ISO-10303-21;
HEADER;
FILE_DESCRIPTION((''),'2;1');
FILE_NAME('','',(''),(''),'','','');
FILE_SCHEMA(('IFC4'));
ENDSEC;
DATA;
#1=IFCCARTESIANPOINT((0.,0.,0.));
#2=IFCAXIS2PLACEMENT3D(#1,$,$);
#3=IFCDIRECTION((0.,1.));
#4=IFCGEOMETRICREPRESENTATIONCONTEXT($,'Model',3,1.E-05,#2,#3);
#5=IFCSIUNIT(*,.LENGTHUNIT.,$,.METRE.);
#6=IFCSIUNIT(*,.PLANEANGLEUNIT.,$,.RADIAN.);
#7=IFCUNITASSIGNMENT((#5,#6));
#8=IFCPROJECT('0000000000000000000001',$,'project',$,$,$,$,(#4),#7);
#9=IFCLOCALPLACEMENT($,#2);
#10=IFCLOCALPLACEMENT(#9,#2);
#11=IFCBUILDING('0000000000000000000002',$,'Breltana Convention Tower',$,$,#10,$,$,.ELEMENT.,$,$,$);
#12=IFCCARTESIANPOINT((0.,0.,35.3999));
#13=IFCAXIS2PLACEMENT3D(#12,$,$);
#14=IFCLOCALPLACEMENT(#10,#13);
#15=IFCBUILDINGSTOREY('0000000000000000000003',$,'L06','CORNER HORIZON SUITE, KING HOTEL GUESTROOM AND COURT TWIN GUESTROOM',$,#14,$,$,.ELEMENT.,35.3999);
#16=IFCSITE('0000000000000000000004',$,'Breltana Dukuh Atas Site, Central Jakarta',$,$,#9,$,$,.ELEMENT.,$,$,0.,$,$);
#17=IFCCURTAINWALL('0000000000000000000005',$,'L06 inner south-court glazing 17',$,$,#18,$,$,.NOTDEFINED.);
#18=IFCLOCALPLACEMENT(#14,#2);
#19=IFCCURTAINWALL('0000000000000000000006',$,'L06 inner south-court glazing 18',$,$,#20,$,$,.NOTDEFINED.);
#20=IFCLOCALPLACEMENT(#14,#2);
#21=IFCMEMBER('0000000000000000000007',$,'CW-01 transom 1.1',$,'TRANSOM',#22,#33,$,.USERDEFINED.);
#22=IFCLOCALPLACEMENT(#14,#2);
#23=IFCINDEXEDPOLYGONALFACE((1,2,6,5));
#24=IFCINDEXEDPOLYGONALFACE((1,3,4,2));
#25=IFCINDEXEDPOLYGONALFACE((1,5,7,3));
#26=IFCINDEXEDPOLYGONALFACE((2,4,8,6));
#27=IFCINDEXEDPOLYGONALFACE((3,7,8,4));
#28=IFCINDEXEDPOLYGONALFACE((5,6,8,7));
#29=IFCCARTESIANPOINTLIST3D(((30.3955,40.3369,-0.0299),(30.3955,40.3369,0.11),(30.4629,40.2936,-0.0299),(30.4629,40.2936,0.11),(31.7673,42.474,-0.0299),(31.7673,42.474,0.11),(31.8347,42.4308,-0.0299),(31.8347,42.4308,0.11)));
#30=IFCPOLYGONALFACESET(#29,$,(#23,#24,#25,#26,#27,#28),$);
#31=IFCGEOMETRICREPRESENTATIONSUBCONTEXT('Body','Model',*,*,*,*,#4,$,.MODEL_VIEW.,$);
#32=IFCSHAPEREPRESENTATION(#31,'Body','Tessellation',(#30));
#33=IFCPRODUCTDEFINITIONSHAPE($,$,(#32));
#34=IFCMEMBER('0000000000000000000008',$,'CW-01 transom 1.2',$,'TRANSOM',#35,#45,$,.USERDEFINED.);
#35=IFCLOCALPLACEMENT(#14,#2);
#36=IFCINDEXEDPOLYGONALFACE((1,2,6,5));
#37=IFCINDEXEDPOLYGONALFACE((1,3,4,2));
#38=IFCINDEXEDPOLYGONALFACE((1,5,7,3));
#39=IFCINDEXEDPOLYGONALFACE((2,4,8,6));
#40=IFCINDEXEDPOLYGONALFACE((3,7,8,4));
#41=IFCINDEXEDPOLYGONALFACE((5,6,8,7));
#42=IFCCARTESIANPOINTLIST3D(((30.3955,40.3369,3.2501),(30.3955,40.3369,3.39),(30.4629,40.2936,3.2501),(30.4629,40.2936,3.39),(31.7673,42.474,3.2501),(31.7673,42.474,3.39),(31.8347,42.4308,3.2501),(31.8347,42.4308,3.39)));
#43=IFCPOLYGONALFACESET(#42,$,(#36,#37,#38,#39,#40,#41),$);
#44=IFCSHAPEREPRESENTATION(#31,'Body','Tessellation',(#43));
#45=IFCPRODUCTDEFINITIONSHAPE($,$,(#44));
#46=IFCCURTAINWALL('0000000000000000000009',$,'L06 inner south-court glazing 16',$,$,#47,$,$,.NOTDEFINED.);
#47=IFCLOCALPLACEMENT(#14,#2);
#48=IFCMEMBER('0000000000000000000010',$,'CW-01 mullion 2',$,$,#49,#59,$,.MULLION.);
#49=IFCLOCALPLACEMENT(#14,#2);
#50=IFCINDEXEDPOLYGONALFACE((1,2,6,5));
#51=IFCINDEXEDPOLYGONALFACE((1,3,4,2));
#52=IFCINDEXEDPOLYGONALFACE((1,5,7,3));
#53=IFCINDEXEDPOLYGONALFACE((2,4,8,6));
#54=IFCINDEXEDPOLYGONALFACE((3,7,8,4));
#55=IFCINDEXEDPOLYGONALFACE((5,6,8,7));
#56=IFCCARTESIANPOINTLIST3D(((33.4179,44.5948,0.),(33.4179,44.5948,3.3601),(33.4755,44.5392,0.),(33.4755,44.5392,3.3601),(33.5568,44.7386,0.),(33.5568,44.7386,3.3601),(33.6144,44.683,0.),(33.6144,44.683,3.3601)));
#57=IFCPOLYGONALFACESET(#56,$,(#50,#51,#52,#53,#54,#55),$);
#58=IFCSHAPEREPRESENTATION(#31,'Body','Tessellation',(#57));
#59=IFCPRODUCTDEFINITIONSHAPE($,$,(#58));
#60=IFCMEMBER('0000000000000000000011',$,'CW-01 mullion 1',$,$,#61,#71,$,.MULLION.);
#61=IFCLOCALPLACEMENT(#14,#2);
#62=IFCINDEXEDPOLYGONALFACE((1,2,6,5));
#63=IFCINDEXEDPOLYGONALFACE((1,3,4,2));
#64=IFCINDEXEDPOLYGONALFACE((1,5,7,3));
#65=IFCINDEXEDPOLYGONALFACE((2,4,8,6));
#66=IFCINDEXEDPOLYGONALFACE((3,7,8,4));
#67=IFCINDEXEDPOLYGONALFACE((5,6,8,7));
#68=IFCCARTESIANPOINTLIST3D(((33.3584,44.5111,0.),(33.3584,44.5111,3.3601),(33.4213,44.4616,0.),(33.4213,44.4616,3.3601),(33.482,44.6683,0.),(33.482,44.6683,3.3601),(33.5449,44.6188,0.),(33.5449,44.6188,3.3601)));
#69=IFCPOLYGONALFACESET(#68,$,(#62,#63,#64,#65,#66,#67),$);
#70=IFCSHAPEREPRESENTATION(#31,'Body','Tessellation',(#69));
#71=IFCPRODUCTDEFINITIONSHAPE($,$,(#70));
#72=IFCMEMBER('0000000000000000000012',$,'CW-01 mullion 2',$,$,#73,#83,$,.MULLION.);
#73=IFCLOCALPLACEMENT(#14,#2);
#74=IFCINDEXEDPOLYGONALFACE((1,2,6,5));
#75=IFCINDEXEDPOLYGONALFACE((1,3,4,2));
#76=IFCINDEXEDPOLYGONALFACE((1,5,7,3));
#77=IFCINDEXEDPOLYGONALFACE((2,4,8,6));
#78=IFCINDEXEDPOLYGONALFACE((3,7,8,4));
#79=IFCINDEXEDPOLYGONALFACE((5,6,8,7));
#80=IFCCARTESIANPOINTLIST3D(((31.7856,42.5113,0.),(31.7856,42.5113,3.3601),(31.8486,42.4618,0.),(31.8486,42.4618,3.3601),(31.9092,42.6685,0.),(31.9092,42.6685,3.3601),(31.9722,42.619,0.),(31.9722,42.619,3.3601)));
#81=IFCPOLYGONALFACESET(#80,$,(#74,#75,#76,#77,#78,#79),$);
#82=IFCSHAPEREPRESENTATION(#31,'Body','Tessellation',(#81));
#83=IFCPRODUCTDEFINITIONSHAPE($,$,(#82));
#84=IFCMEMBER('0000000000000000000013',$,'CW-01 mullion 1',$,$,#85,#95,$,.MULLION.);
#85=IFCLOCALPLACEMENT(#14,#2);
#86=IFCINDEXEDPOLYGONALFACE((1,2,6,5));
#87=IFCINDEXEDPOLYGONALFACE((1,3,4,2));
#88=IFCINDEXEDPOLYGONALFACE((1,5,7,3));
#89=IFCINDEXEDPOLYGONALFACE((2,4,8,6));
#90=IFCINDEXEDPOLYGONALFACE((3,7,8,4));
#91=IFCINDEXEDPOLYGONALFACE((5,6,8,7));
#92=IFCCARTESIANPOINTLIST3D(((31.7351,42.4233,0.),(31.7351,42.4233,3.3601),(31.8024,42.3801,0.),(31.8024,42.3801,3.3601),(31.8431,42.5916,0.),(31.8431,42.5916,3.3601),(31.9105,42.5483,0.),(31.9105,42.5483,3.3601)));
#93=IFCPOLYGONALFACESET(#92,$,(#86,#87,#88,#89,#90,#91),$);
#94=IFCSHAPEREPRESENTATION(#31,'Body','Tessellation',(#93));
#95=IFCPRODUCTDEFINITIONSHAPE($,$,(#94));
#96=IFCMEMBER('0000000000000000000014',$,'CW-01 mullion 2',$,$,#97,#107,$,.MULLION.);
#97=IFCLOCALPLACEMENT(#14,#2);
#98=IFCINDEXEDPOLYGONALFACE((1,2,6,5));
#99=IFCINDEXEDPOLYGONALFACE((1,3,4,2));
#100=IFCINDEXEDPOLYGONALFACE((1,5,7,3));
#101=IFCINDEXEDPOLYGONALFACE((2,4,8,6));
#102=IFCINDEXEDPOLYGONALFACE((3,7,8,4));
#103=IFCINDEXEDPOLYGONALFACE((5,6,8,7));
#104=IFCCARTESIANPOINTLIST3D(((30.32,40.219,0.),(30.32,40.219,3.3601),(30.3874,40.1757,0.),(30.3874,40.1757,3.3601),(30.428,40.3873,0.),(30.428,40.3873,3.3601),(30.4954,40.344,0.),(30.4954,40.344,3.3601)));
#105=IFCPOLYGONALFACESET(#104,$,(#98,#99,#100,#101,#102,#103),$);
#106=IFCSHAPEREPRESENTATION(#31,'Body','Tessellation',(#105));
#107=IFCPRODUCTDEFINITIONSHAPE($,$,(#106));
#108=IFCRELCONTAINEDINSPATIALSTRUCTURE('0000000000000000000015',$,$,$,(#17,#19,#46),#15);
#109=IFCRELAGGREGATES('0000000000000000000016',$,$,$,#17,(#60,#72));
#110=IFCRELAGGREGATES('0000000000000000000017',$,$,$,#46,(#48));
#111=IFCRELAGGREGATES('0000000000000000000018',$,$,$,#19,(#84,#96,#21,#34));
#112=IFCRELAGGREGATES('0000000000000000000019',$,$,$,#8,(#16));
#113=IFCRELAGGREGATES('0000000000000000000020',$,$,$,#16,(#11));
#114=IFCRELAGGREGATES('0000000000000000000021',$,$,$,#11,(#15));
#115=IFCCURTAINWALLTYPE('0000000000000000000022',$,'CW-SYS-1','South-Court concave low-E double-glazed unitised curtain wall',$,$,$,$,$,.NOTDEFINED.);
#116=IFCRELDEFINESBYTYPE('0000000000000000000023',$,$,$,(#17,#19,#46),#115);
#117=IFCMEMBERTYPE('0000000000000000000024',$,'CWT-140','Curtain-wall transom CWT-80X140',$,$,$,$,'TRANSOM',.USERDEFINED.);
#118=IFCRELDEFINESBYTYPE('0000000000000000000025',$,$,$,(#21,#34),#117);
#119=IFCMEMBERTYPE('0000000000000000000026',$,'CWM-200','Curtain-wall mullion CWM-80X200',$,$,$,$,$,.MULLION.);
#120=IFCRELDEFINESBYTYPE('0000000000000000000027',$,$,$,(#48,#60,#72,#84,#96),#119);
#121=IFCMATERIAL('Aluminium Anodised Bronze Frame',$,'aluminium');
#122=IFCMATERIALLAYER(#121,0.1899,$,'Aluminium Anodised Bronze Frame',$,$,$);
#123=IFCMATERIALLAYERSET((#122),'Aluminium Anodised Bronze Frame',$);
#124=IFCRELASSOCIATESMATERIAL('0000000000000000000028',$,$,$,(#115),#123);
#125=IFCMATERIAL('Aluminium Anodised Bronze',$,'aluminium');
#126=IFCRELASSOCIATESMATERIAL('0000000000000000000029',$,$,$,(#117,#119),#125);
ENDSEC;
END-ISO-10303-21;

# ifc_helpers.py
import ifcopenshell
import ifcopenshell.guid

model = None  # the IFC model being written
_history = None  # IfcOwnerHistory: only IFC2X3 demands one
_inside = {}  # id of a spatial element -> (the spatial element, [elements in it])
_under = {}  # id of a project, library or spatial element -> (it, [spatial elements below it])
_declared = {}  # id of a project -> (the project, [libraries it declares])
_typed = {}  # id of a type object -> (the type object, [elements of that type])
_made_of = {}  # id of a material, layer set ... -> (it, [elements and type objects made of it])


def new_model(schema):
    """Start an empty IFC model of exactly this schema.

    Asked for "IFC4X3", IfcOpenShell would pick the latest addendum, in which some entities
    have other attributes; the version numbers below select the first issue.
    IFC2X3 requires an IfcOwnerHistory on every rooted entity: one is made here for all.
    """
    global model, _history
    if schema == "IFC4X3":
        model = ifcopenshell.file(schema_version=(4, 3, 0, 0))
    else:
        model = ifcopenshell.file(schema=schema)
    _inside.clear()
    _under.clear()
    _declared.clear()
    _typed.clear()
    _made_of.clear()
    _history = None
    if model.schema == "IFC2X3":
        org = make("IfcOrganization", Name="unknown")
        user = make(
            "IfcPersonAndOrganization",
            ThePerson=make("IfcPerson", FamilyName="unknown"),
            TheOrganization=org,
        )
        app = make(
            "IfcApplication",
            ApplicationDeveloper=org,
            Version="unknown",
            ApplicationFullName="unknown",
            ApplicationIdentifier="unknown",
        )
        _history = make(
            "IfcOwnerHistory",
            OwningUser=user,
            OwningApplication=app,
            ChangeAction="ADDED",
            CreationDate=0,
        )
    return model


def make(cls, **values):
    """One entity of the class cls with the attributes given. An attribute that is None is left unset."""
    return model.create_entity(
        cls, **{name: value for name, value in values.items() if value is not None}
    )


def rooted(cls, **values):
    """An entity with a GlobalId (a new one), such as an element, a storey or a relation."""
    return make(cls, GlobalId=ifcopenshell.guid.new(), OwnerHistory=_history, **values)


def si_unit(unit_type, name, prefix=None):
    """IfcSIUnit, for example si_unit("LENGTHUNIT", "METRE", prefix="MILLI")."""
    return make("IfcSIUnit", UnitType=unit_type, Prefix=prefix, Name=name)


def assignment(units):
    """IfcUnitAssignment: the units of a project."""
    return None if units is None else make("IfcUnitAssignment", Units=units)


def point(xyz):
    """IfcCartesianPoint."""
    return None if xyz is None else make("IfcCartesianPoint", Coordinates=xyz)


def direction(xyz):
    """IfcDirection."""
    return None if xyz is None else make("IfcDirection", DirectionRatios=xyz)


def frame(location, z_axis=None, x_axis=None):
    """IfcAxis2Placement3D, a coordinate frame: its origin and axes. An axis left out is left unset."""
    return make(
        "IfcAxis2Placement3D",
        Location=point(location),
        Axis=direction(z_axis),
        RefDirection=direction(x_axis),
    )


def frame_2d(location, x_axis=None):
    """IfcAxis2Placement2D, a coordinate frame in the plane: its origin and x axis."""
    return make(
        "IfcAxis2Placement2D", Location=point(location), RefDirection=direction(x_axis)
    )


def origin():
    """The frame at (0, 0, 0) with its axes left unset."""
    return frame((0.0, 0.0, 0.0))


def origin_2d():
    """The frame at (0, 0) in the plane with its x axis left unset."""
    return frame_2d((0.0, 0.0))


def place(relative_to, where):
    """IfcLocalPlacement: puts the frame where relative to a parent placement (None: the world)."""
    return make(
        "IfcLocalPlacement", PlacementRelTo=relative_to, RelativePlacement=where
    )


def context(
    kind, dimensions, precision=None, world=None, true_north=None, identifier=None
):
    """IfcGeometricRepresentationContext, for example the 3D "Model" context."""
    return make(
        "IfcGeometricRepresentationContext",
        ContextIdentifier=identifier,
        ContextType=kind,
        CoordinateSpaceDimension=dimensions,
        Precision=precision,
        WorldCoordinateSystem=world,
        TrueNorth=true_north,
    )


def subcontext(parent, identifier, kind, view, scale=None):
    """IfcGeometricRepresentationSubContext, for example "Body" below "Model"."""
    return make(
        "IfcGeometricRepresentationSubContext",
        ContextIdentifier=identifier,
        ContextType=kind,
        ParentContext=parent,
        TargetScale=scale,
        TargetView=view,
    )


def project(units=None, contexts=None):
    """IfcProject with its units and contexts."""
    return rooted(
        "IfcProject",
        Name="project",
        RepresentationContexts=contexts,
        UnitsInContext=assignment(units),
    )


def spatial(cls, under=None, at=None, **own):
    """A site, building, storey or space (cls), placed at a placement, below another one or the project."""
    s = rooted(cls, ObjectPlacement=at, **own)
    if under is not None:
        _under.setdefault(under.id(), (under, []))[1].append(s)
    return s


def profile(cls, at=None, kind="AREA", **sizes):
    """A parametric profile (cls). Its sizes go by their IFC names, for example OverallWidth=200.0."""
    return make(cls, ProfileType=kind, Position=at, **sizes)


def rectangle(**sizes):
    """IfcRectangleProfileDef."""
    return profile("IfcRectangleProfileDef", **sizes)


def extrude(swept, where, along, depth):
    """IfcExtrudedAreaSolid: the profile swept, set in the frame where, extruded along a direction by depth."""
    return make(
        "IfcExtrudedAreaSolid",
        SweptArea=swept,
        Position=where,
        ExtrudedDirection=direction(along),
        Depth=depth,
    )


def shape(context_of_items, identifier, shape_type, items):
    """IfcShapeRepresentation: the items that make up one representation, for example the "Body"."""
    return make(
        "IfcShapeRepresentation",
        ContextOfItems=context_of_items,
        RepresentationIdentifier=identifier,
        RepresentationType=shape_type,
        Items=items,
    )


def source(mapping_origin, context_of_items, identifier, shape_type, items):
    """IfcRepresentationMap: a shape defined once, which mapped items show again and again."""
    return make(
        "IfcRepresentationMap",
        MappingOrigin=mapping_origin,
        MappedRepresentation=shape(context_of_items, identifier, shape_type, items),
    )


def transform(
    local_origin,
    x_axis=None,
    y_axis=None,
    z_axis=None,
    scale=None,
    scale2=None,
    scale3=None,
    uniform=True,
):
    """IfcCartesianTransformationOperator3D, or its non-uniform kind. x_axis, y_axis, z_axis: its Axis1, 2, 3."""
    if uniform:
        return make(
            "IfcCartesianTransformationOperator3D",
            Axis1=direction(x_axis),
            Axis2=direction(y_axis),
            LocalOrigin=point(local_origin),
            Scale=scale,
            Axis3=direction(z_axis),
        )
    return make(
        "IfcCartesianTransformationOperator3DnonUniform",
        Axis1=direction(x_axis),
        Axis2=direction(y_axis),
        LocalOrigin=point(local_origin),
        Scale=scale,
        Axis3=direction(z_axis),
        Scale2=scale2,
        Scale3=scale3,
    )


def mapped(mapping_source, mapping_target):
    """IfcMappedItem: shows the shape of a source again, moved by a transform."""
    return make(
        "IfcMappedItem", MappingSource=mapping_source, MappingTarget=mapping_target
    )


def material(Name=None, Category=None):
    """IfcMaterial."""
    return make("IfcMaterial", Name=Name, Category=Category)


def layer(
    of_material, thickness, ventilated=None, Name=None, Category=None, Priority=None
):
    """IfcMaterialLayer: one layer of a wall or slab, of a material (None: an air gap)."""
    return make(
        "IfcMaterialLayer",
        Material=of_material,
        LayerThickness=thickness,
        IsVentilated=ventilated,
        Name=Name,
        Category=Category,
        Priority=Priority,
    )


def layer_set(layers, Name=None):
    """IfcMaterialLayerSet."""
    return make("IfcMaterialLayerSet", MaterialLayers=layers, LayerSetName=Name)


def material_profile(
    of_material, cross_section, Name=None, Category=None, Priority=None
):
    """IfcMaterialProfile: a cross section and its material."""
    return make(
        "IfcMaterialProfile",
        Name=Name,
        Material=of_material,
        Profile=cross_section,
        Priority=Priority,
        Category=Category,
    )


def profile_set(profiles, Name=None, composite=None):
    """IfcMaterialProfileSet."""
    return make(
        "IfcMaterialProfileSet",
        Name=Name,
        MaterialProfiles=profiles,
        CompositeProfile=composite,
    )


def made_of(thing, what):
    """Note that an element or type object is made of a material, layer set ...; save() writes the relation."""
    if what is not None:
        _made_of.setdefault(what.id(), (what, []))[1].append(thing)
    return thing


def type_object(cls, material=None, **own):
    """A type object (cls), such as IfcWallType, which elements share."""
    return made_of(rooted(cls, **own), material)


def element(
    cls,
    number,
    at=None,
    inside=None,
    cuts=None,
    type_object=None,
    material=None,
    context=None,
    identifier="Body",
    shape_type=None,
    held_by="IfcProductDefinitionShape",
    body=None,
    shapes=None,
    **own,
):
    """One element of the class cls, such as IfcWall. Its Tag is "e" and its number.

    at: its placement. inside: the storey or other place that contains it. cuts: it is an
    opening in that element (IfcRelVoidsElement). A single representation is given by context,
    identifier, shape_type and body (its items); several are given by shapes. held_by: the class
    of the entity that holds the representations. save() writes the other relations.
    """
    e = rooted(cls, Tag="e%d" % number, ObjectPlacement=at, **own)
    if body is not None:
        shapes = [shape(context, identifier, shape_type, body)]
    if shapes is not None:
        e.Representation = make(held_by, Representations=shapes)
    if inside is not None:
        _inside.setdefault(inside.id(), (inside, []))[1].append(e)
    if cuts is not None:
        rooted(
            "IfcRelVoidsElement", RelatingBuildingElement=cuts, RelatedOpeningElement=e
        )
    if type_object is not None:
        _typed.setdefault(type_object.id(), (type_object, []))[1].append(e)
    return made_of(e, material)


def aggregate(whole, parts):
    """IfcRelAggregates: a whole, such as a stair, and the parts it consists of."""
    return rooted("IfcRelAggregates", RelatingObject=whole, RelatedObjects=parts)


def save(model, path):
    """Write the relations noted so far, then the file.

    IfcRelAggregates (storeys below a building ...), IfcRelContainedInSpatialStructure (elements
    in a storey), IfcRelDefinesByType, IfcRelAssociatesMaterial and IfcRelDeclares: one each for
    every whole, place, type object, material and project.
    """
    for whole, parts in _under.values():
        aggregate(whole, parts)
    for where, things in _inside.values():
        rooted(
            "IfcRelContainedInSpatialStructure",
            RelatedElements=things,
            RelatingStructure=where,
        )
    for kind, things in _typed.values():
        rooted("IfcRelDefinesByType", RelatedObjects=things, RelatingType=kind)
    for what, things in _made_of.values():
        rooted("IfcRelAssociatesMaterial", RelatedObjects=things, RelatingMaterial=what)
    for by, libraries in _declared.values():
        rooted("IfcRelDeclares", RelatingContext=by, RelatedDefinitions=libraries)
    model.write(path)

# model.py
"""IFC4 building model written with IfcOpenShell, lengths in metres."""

from ifc_helpers import new_model, si_unit, direction, frame, origin, origin_2d, place, context, subcontext, project, spatial, rectangle, extrude, source, transform, mapped, material, layer, layer_set, material_profile, profile_set, type_object, element, aggregate, save


model = new_model("IFC4")

# Units and contexts
model_context = context("Model", 3, precision=1e-05, world=origin(), true_north=direction((0.0, 1.0)))
body_context = subcontext(model_context, "Body", "Model", "MODEL_VIEW")
ifc_project = project(units=[si_unit("LENGTHUNIT", "METRE"), si_unit("PLANEANGLEUNIT", "RADIAN")], contexts=[model_context])

# Site, building, storey
site_placement = place(None, origin())
site = spatial("IfcSite", under=ifc_project, at=site_placement, Name="Breltana Dukuh Atas Site, Central Jakarta", CompositionType="ELEMENT", RefElevation=0.0)
building_placement = place(site_placement, origin())
building = spatial("IfcBuilding", under=site, at=building_placement, Name="Breltana Convention Tower", CompositionType="ELEMENT")
storey_placement = place(building_placement, frame((0.0, 0.0, 35.3999)))
storey = spatial("IfcBuildingStorey", under=building, at=storey_placement, Name="L06", Description="CORNER HORIZON SUITE, KING HOTEL GUESTROOM AND COURT TWIN GUESTROOM", CompositionType="ELEMENT", Elevation=35.3999)

# Curtain walls, members
ifc_material_1 = material(Name="Aluminium Anodised Bronze Frame", Category="aluminium")
ifc_layer_1 = layer(ifc_material_1, 0.1899, Name="Aluminium Anodised Bronze Frame")
ifc_layer_set_1 = layer_set([ifc_layer_1], Name="Aluminium Anodised Bronze Frame")
curtain_wall_type = type_object("IfcCurtainWallType", Name="CW-SYS-1", Description="South-Court concave low-E double-glazed unitised curtain wall", PredefinedType="NOTDEFINED", material=ifc_layer_set_1)
curtain_wall_1_placement = place(storey_placement, origin())
curtain_wall_1 = element("IfcCurtainWall", 1, at=curtain_wall_1_placement, inside=storey, type_object=curtain_wall_type, Name="L06 inner south-court glazing 17", PredefinedType="NOTDEFINED")
ifc_material_2 = material(Name="Aluminium Anodised Bronze", Category="aluminium")
ifc_material_profile_1 = material_profile(ifc_material_2, rectangle(XDim=0.0801, YDim=0.1399, at=origin_2d()), Name="CWT-80X140")
ifc_profile_set_1 = profile_set([ifc_material_profile_1], Name="Aluminium Anodised Bronze")
member_type_1 = type_object("IfcMemberType", Name="CWT-140", Description="Curtain-wall transom CWT-80X140", ElementType="TRANSOM", PredefinedType="USERDEFINED", material=ifc_profile_set_1)
curtain_wall_2_placement = place(storey_placement, origin())
curtain_wall_2 = element("IfcCurtainWall", 2, at=curtain_wall_2_placement, inside=storey, type_object=curtain_wall_type, Name="L06 inner south-court glazing 18", PredefinedType="NOTDEFINED")
shared_shape_1 = source(origin(), body_context, "Body", "SweptSolid", [
    extrude(rectangle(XDim=0.0801, YDim=0.1399, at=origin_2d()), origin(), (0.0, 0.0, 1.0), 2.5396),
])
member_1_placement = place(storey_placement, frame((31.801, 42.4524, 0.04), z_axis=(-0.540174, -0.841553, 0.0), x_axis=(0.841553, -0.540174, 0.0)))
member_1 = element("IfcMember", 3, at=member_1_placement, type_object=member_type_1, Name="CW-01 transom 1.1", ObjectType="TRANSOM", PredefinedType="USERDEFINED", context=body_context, shape_type="MappedRepresentation", body=[
    mapped(shared_shape_1, transform((0.0, 0.0, 0.0), scale=1.0)),
])
member_2_placement = place(storey_placement, frame((31.801, 42.4524, 3.3201), z_axis=(-0.540174, -0.841553, 0.0), x_axis=(0.841553, -0.540174, 0.0)))
member_2 = element("IfcMember", 4, at=member_2_placement, type_object=member_type_1, Name="CW-01 transom 1.2", ObjectType="TRANSOM", PredefinedType="USERDEFINED", context=body_context, shape_type="MappedRepresentation", body=[
    mapped(shared_shape_1, transform((0.0, 0.0, 0.0), scale=1.0)),
])

# Curtain wall, member
curtain_wall_3_placement = place(storey_placement, origin())
curtain_wall_3 = element("IfcCurtainWall", 5, at=curtain_wall_3_placement, inside=storey, type_object=curtain_wall_type, Name="L06 inner south-court glazing 16", PredefinedType="NOTDEFINED")
ifc_material_profile_2 = material_profile(ifc_material_2, rectangle(XDim=0.0801, YDim=0.2, at=origin_2d()), Name="CWM-80X200")
ifc_profile_set_2 = profile_set([ifc_material_profile_2], Name="Aluminium Anodised Bronze")
member_type_2 = type_object("IfcMemberType", Name="CWM-200", Description="Curtain-wall mullion CWM-80X200", PredefinedType="MULLION", material=ifc_profile_set_2)
shared_shape_2 = source(origin(), body_context, "Body", "SweptSolid", [
    extrude(rectangle(XDim=0.0801, YDim=0.2, at=origin_2d()), origin(), (0.0, 0.0, 1.0), 3.3601),
])
member_3_placement = place(storey_placement, frame((33.5161, 44.6389, 0.0), z_axis=(0.0, 0.0, 1.0), x_axis=(0.719385, -0.694612, 0.0)))
member_3 = element("IfcMember", 6, at=member_3_placement, type_object=member_type_2, Name="CW-01 mullion 2", PredefinedType="MULLION", context=body_context, shape_type="MappedRepresentation", body=[
    mapped(shared_shape_2, transform((0.0, 0.0, 0.0), scale=1.0)),
])

# Members
member_4_placement = place(storey_placement, frame((33.4517, 44.5649, 0.0), z_axis=(0.0, 0.0, 1.0), x_axis=(0.786058, -0.618153, 0.0)))
member_4 = element("IfcMember", 7, at=member_4_placement, type_object=member_type_2, Name="CW-01 mullion 1", PredefinedType="MULLION", context=body_context, shape_type="MappedRepresentation", body=[
    mapped(shared_shape_2, transform((0.0, 0.0, 0.0), scale=1.0)),
])
member_5_placement = place(storey_placement, frame((31.8789, 42.5652, 0.0), z_axis=(0.0, 0.0, 1.0), x_axis=(0.786058, -0.618153, 0.0)))
member_5 = element("IfcMember", 8, at=member_5_placement, type_object=member_type_2, Name="CW-01 mullion 2", PredefinedType="MULLION", context=body_context, shape_type="MappedRepresentation", body=[
    mapped(shared_shape_2, transform((0.0, 0.0, 0.0), scale=1.0)),
])
member_6_placement = place(storey_placement, frame((31.8228, 42.4858, 0.0), z_axis=(0.0, 0.0, 1.0), x_axis=(0.841556, -0.54017, 0.0)))
member_6 = element("IfcMember", 9, at=member_6_placement, type_object=member_type_2, Name="CW-01 mullion 1", PredefinedType="MULLION", context=body_context, shape_type="MappedRepresentation", body=[
    mapped(shared_shape_2, transform((0.0, 0.0, 0.0), scale=1.0)),
])
member_7_placement = place(storey_placement, frame((30.4077, 40.2815, 0.0), z_axis=(0.0, 0.0, 1.0), x_axis=(0.841556, -0.54017, 0.0)))
member_7 = element("IfcMember", 10, at=member_7_placement, type_object=member_type_2, Name="CW-01 mullion 2", PredefinedType="MULLION", context=body_context, shape_type="MappedRepresentation", body=[
    mapped(shared_shape_2, transform((0.0, 0.0, 0.0), scale=1.0)),
])

aggregate(curtain_wall_1, [member_4, member_5])
aggregate(curtain_wall_3, [member_3])
aggregate(curtain_wall_2, [member_6, member_7, member_1, member_2])

save(model, "model.ifc")
